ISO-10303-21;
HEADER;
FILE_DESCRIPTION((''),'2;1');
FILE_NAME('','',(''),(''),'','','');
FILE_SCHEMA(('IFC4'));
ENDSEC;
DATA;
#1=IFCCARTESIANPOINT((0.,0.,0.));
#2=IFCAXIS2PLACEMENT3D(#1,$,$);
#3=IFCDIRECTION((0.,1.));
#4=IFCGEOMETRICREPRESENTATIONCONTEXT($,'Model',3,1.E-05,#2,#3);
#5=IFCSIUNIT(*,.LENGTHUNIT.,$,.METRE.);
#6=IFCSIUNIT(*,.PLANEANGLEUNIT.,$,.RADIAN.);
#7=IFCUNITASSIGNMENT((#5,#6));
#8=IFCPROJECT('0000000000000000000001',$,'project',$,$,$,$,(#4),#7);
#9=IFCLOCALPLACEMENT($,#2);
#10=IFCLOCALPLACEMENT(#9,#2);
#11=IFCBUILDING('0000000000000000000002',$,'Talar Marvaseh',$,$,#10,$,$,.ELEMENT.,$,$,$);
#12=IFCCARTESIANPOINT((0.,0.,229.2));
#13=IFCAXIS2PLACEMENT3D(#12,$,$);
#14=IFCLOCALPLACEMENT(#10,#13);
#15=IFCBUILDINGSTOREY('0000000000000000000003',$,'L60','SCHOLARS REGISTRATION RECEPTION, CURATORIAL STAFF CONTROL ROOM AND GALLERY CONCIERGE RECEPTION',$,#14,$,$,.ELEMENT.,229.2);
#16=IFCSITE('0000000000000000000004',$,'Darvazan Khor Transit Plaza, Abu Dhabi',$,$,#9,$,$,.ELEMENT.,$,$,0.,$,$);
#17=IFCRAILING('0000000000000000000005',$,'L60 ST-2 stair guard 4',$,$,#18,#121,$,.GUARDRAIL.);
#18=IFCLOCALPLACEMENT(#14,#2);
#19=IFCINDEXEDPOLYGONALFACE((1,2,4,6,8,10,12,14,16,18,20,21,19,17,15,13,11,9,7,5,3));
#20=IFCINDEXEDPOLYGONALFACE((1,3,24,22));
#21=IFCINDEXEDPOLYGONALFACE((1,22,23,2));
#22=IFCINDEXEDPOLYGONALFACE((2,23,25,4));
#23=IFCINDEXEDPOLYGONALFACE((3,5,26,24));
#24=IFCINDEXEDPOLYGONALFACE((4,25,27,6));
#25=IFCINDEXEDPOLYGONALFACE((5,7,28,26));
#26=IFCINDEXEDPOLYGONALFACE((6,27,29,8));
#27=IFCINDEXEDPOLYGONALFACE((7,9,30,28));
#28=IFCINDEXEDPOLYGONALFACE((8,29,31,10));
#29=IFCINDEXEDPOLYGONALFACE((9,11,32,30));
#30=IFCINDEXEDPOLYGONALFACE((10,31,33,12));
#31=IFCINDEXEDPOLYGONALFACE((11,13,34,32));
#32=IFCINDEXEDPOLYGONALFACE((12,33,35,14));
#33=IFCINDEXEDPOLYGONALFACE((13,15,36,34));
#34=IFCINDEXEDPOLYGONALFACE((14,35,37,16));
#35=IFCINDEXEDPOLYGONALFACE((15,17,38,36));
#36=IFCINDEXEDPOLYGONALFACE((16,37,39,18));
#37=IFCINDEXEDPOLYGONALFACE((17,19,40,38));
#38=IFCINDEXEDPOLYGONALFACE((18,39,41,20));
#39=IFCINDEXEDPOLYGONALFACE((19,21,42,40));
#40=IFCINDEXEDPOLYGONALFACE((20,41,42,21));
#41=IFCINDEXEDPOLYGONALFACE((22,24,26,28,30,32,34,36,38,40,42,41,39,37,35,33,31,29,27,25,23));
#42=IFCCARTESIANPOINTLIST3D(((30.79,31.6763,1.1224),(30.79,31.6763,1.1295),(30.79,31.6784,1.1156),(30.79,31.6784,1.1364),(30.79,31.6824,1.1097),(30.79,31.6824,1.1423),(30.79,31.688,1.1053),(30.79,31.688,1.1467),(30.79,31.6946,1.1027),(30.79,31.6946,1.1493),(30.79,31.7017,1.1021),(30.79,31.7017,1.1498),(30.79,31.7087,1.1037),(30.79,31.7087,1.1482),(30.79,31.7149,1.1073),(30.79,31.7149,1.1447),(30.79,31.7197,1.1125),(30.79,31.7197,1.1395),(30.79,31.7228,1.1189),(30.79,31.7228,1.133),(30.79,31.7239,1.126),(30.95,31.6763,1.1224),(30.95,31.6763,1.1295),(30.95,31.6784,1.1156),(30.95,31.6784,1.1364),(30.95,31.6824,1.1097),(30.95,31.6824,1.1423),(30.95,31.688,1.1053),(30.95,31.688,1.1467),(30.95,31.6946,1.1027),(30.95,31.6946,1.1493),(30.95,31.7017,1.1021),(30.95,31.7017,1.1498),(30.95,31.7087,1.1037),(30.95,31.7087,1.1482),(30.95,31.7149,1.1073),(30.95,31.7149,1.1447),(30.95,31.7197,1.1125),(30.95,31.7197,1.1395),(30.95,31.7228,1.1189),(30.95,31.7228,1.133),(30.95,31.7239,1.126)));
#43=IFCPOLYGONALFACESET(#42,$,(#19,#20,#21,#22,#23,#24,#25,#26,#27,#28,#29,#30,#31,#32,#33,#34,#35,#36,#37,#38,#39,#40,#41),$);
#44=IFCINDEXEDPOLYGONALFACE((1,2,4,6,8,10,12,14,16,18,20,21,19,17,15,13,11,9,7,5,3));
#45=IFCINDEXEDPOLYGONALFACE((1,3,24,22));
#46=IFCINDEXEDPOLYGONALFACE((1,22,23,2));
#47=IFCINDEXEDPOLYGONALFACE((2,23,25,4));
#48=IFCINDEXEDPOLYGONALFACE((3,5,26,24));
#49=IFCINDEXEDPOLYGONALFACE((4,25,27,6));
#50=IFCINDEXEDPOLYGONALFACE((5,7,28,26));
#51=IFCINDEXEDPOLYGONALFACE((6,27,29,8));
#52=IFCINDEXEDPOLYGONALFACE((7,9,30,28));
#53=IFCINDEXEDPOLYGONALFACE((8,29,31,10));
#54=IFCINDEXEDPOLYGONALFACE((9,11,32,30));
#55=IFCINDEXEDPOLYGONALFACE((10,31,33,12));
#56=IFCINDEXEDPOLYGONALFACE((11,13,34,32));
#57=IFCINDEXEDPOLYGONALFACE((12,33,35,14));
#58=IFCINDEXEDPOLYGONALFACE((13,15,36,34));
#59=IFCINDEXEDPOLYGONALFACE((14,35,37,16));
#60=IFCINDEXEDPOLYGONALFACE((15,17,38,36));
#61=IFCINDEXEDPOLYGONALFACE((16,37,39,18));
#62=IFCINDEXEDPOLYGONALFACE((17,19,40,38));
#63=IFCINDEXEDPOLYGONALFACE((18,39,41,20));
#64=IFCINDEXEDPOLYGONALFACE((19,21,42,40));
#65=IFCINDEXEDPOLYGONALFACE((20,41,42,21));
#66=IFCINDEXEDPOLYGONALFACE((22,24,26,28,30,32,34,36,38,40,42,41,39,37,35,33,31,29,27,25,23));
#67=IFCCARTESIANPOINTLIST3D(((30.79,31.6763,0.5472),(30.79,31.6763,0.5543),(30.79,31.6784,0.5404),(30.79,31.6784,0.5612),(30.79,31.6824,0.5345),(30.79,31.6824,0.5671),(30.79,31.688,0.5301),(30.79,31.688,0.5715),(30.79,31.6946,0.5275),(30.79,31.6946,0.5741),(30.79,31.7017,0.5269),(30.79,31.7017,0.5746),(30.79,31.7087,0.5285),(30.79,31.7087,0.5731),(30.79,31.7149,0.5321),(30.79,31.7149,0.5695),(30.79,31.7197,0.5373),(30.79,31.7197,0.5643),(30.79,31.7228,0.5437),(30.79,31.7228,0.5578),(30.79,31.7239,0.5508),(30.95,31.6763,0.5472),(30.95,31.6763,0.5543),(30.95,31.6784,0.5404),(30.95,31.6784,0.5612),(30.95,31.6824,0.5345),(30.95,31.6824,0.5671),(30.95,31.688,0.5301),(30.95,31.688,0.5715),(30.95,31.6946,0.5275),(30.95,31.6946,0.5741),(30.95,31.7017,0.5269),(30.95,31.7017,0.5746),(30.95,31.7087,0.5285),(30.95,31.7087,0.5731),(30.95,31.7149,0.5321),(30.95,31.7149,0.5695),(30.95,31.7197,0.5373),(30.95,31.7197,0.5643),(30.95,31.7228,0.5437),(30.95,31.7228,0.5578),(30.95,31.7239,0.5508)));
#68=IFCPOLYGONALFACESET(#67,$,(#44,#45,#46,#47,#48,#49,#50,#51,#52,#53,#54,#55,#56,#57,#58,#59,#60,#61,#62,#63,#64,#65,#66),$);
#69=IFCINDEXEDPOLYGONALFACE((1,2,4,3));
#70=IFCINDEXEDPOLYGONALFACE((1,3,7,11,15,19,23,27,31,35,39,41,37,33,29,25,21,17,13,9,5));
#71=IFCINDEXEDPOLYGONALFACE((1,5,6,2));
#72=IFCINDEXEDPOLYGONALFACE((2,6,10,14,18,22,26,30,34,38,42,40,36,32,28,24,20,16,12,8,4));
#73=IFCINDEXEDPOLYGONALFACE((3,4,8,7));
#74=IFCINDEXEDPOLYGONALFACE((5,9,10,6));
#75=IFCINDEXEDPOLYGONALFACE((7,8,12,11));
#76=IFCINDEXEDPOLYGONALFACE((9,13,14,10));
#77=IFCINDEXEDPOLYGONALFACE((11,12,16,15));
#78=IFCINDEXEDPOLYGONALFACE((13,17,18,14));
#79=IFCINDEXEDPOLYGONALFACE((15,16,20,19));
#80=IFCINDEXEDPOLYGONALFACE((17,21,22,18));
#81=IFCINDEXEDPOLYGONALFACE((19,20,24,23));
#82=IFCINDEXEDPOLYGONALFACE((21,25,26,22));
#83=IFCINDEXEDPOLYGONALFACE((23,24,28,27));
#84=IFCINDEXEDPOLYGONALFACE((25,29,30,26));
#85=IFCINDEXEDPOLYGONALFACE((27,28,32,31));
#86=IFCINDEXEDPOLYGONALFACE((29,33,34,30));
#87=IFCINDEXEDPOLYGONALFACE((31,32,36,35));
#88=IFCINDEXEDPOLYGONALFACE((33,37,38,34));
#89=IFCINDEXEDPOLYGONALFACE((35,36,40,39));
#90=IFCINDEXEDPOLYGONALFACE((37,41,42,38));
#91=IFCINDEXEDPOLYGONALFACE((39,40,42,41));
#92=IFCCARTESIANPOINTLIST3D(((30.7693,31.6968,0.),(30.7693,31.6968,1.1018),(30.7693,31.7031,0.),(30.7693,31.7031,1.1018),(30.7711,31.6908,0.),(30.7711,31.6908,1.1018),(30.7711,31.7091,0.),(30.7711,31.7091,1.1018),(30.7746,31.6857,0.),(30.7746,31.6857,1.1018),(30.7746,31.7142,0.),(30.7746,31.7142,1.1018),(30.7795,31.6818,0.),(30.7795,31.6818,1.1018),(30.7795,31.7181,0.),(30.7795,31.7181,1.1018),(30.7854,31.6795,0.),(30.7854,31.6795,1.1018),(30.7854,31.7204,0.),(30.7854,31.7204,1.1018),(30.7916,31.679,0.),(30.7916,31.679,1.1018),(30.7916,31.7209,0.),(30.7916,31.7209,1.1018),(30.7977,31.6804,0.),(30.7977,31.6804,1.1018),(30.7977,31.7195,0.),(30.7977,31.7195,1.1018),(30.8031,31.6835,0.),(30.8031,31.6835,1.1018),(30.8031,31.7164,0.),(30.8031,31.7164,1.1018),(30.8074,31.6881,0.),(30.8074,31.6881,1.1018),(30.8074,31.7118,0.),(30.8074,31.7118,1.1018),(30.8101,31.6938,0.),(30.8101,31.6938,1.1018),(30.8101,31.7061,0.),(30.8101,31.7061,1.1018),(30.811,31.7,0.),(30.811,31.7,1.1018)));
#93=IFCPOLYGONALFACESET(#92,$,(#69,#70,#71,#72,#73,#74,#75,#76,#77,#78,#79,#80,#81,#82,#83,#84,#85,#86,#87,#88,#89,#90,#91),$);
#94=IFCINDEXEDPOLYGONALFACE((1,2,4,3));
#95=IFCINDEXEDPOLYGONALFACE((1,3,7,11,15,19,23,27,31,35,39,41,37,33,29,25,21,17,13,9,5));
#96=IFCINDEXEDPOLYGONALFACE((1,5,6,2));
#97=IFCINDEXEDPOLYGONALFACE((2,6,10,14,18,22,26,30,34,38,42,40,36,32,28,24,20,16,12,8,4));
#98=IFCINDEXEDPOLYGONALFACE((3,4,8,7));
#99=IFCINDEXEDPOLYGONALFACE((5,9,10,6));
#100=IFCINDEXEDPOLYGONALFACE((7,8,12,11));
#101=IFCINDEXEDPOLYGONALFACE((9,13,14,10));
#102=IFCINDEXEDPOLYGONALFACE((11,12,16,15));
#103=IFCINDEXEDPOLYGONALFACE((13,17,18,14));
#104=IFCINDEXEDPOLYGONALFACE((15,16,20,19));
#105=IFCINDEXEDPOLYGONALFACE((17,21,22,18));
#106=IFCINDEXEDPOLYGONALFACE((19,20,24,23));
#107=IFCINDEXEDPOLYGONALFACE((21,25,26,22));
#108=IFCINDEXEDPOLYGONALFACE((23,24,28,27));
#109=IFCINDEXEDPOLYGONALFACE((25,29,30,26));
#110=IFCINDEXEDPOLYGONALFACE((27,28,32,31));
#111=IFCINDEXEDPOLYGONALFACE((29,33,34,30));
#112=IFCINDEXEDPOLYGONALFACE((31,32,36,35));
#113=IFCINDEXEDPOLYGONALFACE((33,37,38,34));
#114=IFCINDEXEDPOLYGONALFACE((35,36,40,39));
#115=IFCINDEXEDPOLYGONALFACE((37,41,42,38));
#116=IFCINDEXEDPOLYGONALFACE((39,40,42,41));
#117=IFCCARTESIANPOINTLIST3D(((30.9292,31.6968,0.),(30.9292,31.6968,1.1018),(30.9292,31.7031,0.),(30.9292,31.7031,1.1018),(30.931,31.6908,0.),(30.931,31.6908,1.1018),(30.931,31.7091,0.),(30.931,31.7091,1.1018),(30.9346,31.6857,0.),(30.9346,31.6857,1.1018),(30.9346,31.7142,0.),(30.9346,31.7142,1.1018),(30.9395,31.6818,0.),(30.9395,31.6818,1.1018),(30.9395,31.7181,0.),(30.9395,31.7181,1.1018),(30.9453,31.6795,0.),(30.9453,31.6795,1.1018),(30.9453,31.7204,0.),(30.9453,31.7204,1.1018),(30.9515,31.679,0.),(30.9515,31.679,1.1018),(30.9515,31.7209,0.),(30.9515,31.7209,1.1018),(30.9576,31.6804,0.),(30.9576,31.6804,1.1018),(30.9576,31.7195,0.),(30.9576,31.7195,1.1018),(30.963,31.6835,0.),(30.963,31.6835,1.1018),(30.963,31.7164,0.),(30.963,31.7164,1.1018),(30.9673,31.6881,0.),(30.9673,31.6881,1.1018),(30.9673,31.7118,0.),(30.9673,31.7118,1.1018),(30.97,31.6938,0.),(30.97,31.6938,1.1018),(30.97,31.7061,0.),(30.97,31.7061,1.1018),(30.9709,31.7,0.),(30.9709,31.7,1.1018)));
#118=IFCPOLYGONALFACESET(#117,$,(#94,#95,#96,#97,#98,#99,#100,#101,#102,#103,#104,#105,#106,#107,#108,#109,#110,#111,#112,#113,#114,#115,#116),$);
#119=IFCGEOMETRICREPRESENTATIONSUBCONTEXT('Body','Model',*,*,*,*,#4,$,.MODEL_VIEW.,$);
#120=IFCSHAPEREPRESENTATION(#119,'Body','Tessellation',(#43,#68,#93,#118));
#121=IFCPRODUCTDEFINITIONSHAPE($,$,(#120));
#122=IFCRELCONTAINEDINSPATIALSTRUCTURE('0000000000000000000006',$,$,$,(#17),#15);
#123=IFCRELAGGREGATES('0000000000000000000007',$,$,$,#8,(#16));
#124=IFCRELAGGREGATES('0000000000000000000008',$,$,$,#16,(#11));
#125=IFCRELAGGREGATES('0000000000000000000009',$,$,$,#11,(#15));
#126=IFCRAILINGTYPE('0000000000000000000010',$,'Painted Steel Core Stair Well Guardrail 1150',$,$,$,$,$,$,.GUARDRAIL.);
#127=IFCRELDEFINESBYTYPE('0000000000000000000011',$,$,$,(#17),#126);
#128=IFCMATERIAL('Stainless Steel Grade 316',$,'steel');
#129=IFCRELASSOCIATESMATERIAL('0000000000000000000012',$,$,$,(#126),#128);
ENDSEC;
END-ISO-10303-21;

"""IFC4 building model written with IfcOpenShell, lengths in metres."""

from ifc_helpers import new_model, si_unit, direction, frame, origin, origin_2d, place, context, subcontext, project, spatial, circle, extrude, material, type_object, element, save


model = new_model("IFC4")

# Units and contexts
model_context = context("Model", 3, precision=1e-05, world=origin(), true_north=direction((0.0, 1.0)))
body_context = subcontext(model_context, "Body", "Model", "MODEL_VIEW")
ifc_project = project(units=[si_unit("LENGTHUNIT", "METRE"), si_unit("PLANEANGLEUNIT", "RADIAN")], contexts=[model_context])

# Site, building, storey
site_placement = place(None, origin())
site = spatial("IfcSite", under=ifc_project, at=site_placement, Name="Darvazan Khor Transit Plaza, Abu Dhabi", CompositionType="ELEMENT", RefElevation=0.0)
building_placement = place(site_placement, origin())
building = spatial("IfcBuilding", under=site, at=building_placement, Name="Talar Marvaseh", CompositionType="ELEMENT")
storey_placement = place(building_placement, frame((0.0, 0.0, 229.2)))
storey = spatial("IfcBuildingStorey", under=building, at=storey_placement, Name="L60", Description="SCHOLARS REGISTRATION RECEPTION, CURATORIAL STAFF CONTROL ROOM AND GALLERY CONCIERGE RECEPTION", CompositionType="ELEMENT", Elevation=229.2)

# Shared definitions
ifc_material_1 = material(Name="Stainless Steel Grade 316", Category="steel")

# Railing
railing_type_1 = type_object("IfcRailingType", Name="Painted Steel Core Stair Well Guardrail 1150", PredefinedType="GUARDRAIL", material=ifc_material_1)
railing_1_placement = place(storey_placement, frame((30.79, 31.7, 0.0)))
element("IfcRailing", 1, at=railing_1_placement, inside=storey, type_object=railing_type_1, Name="L60 ST-2 stair guard 4", PredefinedType="GUARDRAIL", context=body_context, shape_type="SweptSolid", body=[
    extrude(circle(Radius=0.0239, at=origin_2d()), frame((0.0, 0.0, 1.126), z_axis=(1.0, 0.0, 0.0), x_axis=(0.0, 1.0, 0.0)), (0.0, 0.0, 1.0), 0.1599),
    extrude(circle(Radius=0.0239, at=origin_2d()), frame((0.0, 0.0, 0.5508), z_axis=(1.0, 0.0, 0.0), x_axis=(0.0, 1.0, 0.0)), (0.0, 0.0, 1.0), 0.1599),
    extrude(circle(Radius=0.021, at=origin_2d()), origin(), (0.0, 0.0, 1.0), 1.1018),
    extrude(circle(Radius=0.021, at=origin_2d()), frame((0.1599, 0.0, 0.0)), (0.0, 0.0, 1.0), 1.1018),
])

save(model, "model.ifc")
